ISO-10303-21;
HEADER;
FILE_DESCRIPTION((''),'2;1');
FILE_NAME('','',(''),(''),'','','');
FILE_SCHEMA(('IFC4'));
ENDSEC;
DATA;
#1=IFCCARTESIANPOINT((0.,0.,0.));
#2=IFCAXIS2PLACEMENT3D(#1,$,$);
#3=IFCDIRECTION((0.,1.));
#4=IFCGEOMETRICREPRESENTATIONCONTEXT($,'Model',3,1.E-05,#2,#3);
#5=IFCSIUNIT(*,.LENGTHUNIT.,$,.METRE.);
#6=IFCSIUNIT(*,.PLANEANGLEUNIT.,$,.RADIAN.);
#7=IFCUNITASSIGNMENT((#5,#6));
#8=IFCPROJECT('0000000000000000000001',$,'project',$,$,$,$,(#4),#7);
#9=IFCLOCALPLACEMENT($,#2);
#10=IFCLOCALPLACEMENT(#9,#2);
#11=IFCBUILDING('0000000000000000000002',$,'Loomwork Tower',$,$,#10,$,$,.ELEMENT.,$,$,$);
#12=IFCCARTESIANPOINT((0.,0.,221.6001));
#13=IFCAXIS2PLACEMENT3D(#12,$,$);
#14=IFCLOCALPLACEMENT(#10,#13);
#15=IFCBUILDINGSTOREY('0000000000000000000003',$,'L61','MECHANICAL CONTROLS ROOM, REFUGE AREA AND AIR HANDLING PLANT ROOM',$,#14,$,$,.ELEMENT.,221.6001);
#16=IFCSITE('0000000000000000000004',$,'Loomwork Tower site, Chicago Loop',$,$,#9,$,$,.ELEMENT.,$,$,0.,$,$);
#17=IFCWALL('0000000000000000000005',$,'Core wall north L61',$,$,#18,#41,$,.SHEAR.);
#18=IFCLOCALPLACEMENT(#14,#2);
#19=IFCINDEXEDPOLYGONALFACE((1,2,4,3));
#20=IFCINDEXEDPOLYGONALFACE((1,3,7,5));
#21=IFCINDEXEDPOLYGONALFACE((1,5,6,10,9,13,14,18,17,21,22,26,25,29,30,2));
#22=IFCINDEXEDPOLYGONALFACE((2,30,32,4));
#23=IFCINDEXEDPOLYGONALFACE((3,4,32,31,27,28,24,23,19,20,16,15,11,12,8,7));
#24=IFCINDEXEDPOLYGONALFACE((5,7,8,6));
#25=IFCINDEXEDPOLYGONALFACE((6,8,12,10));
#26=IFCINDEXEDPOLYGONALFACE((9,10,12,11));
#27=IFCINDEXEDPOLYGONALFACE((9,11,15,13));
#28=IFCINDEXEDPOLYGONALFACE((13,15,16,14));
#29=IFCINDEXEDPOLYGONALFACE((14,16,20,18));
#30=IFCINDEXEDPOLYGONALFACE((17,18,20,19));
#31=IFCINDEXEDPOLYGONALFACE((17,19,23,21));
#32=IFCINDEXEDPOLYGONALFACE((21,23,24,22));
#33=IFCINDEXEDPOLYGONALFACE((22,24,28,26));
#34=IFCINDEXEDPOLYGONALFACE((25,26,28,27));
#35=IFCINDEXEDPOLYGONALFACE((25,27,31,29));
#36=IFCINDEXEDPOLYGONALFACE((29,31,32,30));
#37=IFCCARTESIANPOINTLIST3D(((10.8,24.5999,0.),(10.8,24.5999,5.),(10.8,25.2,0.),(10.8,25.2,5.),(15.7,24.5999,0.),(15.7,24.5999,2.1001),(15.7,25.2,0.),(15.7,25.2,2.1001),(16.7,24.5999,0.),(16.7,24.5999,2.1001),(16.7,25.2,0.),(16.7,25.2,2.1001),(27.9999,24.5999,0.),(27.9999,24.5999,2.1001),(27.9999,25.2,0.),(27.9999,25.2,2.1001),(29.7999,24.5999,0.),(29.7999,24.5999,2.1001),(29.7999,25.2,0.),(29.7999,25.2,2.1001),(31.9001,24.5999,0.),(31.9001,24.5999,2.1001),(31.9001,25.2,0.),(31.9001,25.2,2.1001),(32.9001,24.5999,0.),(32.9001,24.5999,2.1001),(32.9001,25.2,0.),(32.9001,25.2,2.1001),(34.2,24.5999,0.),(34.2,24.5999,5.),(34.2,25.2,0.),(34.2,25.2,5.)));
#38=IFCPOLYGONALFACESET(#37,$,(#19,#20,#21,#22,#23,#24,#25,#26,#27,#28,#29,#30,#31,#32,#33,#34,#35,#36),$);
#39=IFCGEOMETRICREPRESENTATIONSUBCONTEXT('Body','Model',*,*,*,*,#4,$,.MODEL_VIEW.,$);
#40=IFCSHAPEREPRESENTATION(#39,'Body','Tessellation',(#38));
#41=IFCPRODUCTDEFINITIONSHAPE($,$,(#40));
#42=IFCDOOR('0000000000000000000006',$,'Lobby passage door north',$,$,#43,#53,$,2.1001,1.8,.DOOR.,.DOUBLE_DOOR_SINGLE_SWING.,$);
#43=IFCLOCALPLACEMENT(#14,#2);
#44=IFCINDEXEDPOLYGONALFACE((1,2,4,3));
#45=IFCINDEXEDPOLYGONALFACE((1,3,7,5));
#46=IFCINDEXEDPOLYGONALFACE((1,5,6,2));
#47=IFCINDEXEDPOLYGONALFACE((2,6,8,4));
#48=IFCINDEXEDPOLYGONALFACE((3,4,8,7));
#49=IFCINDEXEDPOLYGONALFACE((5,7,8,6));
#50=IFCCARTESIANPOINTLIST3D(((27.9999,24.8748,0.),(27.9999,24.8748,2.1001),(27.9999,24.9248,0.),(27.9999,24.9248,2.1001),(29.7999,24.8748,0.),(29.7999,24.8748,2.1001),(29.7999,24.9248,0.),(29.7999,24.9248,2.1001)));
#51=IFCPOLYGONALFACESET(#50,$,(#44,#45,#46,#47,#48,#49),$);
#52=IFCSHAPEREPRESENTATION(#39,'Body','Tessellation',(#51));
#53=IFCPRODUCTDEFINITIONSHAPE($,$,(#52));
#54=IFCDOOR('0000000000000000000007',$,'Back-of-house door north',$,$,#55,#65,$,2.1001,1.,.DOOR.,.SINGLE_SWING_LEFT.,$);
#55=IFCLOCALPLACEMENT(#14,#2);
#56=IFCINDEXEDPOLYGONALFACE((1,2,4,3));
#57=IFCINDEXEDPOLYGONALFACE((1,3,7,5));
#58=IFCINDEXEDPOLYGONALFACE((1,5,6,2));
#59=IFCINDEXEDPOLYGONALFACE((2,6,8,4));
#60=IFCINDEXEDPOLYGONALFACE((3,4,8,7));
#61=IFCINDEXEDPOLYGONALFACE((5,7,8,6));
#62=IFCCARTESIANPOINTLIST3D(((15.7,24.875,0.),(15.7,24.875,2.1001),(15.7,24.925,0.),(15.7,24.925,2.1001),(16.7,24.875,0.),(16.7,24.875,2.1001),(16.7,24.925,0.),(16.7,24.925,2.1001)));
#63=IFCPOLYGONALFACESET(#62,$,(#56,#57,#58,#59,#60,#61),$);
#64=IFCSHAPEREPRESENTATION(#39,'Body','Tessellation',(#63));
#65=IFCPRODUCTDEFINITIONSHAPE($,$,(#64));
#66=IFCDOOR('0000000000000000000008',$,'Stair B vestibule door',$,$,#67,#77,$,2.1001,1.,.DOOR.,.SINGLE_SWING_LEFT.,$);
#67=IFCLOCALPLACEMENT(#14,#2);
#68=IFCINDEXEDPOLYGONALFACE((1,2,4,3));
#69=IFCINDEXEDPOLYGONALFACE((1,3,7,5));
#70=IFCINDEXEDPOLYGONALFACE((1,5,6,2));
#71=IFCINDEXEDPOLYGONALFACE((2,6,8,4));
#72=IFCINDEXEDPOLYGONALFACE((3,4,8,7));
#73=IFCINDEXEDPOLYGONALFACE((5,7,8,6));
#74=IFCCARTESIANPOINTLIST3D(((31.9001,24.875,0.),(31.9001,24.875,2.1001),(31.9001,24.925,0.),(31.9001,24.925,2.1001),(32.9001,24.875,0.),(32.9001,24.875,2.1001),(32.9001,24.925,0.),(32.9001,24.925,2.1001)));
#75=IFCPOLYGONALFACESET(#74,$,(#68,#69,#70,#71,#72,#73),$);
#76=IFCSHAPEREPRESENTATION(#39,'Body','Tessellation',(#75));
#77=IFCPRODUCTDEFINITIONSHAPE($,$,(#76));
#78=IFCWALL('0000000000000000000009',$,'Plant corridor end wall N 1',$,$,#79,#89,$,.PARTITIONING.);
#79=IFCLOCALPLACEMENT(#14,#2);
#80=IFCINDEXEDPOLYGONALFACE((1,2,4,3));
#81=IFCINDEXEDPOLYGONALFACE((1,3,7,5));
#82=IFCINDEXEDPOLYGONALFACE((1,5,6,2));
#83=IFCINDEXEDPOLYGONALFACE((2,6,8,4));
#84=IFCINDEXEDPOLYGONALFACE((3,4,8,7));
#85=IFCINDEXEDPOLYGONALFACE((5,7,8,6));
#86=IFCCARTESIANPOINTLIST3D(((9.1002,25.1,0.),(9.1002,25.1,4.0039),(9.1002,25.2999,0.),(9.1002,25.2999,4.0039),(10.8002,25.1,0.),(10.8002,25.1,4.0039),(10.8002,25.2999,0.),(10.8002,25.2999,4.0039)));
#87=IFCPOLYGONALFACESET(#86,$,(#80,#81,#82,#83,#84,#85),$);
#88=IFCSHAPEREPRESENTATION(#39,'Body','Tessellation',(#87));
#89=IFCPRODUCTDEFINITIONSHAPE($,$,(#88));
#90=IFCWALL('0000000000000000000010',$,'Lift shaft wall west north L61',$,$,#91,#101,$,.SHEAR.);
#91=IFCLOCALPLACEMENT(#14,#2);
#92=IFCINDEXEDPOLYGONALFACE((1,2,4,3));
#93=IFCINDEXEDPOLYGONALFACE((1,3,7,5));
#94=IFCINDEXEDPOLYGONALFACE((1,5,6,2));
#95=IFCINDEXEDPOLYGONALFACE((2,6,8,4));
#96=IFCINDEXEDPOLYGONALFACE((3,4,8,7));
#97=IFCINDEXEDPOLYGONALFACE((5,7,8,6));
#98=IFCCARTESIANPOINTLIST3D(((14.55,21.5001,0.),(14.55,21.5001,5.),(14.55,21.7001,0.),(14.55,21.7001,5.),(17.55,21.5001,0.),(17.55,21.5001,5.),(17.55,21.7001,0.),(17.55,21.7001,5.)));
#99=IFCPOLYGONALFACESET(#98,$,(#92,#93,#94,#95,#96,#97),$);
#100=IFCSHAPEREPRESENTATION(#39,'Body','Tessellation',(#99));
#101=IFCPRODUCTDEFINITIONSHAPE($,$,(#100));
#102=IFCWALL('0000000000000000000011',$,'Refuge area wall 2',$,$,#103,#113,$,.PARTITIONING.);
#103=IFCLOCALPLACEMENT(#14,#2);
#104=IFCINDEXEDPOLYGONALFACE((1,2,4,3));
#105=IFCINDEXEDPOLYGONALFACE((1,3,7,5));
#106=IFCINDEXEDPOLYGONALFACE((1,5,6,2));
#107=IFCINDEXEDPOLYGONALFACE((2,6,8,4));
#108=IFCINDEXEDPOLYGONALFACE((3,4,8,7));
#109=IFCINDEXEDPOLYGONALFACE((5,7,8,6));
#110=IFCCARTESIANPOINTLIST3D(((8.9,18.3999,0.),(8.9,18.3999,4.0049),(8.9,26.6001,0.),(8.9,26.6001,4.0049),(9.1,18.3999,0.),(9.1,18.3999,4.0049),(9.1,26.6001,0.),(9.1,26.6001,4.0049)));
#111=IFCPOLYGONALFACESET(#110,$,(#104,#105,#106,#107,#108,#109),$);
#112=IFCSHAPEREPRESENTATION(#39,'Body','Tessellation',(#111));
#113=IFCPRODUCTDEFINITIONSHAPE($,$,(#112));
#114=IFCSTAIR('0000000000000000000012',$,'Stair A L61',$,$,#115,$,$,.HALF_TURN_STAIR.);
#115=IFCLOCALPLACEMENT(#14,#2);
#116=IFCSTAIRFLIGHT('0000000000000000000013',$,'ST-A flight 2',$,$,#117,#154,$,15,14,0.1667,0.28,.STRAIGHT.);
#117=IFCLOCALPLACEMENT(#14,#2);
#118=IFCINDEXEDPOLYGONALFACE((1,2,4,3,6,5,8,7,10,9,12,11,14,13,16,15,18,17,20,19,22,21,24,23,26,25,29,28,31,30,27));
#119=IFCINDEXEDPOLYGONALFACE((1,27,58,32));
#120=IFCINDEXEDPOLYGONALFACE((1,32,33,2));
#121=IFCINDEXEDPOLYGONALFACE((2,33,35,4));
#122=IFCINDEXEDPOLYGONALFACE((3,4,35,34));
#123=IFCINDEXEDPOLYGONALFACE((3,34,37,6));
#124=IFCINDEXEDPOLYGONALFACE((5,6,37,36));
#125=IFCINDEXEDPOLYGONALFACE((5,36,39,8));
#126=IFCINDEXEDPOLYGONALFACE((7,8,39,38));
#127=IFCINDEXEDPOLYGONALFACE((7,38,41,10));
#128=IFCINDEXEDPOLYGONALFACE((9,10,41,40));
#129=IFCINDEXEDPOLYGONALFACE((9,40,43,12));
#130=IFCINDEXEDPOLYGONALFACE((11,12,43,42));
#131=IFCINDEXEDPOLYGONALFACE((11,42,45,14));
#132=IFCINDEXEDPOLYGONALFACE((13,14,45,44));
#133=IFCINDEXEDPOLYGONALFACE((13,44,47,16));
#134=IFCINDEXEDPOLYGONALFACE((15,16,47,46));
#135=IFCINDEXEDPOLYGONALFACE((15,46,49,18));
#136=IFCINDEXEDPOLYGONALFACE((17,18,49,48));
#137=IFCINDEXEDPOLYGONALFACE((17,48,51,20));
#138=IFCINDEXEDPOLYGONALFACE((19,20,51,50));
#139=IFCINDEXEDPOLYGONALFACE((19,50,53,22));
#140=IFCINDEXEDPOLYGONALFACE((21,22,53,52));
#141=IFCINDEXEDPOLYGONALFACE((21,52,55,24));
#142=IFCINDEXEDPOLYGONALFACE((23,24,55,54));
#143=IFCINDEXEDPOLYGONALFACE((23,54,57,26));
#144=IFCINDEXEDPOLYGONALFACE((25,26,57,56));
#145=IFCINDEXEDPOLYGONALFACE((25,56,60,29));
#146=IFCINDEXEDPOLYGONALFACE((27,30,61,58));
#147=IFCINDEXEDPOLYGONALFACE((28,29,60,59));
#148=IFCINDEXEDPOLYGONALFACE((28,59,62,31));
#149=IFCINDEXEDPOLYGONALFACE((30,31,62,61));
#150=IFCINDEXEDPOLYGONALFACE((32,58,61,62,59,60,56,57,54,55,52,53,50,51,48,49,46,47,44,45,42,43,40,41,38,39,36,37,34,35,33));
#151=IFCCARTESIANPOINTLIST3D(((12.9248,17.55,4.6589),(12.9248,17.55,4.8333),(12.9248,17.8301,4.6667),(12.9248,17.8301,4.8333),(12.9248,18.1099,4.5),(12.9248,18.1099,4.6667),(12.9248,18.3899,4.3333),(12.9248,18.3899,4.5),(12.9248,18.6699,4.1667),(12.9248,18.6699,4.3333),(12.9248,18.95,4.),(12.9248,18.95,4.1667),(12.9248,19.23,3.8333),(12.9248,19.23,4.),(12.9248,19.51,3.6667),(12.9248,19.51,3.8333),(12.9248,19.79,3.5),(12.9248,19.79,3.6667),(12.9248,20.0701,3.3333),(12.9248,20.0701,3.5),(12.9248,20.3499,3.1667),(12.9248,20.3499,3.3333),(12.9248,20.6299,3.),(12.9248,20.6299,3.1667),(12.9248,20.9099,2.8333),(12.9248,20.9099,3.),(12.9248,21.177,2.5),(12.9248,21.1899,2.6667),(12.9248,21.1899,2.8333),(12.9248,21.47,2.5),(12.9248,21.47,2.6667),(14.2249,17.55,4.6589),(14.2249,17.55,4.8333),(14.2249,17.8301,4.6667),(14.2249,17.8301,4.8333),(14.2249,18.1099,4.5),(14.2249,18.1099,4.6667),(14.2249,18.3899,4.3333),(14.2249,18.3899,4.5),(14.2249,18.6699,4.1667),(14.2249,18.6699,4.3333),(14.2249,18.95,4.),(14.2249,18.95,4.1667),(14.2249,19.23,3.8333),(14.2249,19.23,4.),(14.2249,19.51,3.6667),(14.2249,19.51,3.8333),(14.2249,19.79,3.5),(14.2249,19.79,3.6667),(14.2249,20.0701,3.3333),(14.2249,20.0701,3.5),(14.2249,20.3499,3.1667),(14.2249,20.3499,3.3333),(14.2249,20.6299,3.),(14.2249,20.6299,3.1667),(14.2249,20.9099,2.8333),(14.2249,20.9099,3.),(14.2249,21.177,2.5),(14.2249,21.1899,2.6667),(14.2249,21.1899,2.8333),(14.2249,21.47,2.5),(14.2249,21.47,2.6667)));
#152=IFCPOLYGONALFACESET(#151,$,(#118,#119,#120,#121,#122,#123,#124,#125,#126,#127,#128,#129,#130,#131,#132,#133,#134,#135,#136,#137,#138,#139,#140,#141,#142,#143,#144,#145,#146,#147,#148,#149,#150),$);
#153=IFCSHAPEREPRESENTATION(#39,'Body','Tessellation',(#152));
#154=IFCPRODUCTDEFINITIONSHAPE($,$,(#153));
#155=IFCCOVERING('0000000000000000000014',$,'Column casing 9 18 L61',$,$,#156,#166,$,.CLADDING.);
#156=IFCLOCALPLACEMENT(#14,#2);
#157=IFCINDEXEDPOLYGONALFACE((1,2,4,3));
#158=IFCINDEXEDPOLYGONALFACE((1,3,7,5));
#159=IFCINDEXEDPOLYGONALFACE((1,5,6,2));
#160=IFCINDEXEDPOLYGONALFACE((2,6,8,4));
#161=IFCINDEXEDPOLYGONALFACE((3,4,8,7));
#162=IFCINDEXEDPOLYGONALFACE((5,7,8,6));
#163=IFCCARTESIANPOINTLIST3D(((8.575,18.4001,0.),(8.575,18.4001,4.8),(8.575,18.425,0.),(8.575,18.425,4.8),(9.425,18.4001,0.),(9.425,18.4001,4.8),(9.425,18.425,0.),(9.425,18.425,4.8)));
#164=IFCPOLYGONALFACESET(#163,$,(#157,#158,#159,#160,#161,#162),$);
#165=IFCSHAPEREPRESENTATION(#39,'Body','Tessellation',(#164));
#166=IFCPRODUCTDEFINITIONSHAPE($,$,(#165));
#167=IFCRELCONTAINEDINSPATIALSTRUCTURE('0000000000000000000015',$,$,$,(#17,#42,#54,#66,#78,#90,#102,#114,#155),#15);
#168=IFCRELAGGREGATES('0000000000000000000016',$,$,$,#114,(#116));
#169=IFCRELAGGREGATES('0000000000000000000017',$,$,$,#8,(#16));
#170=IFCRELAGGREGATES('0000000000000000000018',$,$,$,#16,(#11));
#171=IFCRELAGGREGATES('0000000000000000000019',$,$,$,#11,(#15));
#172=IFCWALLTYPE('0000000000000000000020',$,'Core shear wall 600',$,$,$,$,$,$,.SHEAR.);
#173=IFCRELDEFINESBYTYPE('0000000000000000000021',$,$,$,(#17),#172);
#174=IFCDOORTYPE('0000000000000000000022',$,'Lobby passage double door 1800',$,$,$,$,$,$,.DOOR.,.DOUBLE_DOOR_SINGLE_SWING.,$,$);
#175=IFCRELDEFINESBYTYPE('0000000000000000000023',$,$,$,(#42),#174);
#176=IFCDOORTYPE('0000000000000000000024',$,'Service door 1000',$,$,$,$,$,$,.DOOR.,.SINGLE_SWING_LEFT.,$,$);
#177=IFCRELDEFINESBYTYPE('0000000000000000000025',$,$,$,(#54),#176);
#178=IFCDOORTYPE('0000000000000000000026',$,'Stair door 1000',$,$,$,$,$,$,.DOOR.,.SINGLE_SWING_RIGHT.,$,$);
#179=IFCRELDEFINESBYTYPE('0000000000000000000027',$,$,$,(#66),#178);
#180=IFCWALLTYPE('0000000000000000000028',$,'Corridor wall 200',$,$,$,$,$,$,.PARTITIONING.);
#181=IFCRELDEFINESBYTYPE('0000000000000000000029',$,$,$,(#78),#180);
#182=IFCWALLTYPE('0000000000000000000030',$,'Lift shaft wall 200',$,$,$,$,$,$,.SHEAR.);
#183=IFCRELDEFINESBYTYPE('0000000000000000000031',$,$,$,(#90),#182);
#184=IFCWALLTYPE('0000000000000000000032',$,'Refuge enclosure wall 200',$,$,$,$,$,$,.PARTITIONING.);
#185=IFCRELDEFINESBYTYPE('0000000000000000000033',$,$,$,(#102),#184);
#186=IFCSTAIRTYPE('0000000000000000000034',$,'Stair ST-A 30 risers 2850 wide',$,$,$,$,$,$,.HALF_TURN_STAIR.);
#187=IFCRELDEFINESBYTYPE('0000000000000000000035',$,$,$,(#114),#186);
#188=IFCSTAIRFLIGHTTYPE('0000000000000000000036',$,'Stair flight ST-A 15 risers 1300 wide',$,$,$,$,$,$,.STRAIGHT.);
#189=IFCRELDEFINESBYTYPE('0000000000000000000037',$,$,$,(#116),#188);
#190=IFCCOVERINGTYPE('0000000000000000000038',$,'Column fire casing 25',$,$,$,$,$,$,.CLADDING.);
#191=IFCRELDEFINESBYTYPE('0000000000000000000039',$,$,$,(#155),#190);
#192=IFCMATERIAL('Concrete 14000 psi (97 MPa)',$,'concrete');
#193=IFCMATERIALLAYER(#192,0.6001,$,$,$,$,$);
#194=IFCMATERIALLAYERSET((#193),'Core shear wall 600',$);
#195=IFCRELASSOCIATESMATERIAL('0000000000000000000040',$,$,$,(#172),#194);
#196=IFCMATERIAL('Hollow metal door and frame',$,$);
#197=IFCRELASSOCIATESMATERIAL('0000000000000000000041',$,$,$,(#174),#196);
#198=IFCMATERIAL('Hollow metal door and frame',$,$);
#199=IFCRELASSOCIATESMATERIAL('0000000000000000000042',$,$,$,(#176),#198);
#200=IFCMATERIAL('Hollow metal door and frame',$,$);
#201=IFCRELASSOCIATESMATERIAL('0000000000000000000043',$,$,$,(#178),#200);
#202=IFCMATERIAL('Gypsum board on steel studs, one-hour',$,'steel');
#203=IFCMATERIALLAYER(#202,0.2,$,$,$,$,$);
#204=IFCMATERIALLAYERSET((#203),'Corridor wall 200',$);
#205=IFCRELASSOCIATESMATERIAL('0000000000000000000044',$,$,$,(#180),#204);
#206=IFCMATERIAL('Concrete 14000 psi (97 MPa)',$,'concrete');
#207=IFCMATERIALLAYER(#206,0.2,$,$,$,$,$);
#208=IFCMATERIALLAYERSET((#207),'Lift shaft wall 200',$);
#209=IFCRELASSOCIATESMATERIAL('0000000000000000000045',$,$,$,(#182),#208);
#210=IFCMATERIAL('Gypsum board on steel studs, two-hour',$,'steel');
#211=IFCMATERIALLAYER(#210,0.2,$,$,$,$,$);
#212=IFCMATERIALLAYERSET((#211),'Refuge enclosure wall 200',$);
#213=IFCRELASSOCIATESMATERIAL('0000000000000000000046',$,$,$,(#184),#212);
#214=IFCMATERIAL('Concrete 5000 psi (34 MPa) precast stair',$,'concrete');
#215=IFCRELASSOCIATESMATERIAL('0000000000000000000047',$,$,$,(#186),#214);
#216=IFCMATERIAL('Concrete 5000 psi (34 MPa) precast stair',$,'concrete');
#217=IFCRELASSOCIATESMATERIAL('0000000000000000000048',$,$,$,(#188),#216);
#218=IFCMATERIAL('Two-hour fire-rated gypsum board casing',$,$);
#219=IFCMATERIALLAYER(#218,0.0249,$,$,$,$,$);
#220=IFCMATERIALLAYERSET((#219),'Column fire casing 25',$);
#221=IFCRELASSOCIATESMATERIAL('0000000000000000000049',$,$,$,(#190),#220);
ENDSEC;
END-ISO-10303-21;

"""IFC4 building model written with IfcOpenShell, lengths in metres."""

from ifc_helpers import new_model, si_unit, direction, frame, frame_2d, origin, origin_2d, place, context, subcontext, project, spatial, polyline, rectangle, outline, extrude, material, layer, layer_set, type_object, element, fill, aggregate, save


model = new_model("IFC4")

# Units and contexts
model_context = context("Model", 3, precision=1e-05, world=origin(), true_north=direction((0.0, 1.0)))
body_context = subcontext(model_context, "Body", "Model", "MODEL_VIEW")
ifc_project = project(units=[si_unit("LENGTHUNIT", "METRE"), si_unit("PLANEANGLEUNIT", "RADIAN")], contexts=[model_context])

# Site, building, storey
site_placement = place(None, origin())
site = spatial("IfcSite", under=ifc_project, at=site_placement, Name="Loomwork Tower site, Chicago Loop", CompositionType="ELEMENT", RefElevation=0.0)
building_placement = place(site_placement, origin())
building = spatial("IfcBuilding", under=site, at=building_placement, Name="Loomwork Tower", CompositionType="ELEMENT")
storey_placement = place(building_placement, frame((0.0, 0.0, 221.6001)))
storey = spatial("IfcBuildingStorey", under=building, at=storey_placement, Name="L61", Description="MECHANICAL CONTROLS ROOM, REFUGE AREA AND AIR HANDLING PLANT ROOM", CompositionType="ELEMENT", Elevation=221.6001)

# Wall, openings, doors
ifc_material_1 = material(Name="Concrete 14000 psi (97 MPa)", Category="concrete")
ifc_layer_1 = layer(ifc_material_1, 0.6001)
ifc_layer_set_1 = layer_set([ifc_layer_1], Name="Core shear wall 600")
wall_type_1 = type_object("IfcWallType", Name="Core shear wall 600", PredefinedType="SHEAR", material=ifc_layer_set_1)
wall_1_placement = place(storey_placement, frame((10.8, 24.8999, 0.0), z_axis=(0.0, 0.0, 1.0), x_axis=(1.0, 0.0, 0.0)))
wall_1 = element("IfcWall", 1, at=wall_1_placement, inside=storey, type_object=wall_type_1, Name="Core wall north L61", PredefinedType="SHEAR", context=body_context, shape_type="SweptSolid", body=[
    extrude(rectangle(XDim=23.3999, YDim=0.6001, at=frame_2d((11.7, 0.0))), origin(), (0.0, 0.0, 1.0), 5.0),
])
opening_1_placement = place(wall_1_placement, frame((17.2, 0.0, 0.0)))
opening_1 = element("IfcOpeningElement", 2, at=opening_1_placement, cuts=wall_1, PredefinedType="OPENING", context=body_context, shape_type="SweptSolid", body=[
    extrude(rectangle(XDim=1.8, YDim=2.1001, at=frame_2d((0.8999, 1.05))), frame((0.0, 0.3101, 0.0), z_axis=(0.0, -1.0, 0.0), x_axis=(1.0, 0.0, 0.0)), (0.0, 0.0, 1.0), 0.6201),
])
opening_2_placement = place(wall_1_placement, frame((21.1001, 0.0, 0.0)))
opening_2 = element("IfcOpeningElement", 3, at=opening_2_placement, cuts=wall_1, PredefinedType="OPENING", context=body_context, shape_type="SweptSolid", body=[
    extrude(rectangle(XDim=1.0, YDim=2.1001, at=frame_2d((0.5, 1.05))), frame((0.0, 0.3101, 0.0), z_axis=(0.0, -1.0, 0.0), x_axis=(1.0, 0.0, 0.0)), (0.0, 0.0, 1.0), 0.6201),
])
opening_3_placement = place(wall_1_placement, frame((4.8999, 0.0, 0.0)))
opening_3 = element("IfcOpeningElement", 4, at=opening_3_placement, cuts=wall_1, PredefinedType="OPENING", context=body_context, shape_type="SweptSolid", body=[
    extrude(rectangle(XDim=1.0, YDim=2.1001, at=frame_2d((0.5, 1.05))), frame((0.0, 0.3101, 0.0), z_axis=(0.0, -1.0, 0.0), x_axis=(1.0, 0.0, 0.0)), (0.0, 0.0, 1.0), 0.6201),
])
ifc_material_2 = material(Name="Hollow metal door and frame")
door_type_1 = type_object("IfcDoorType", Name="Lobby passage double door 1800", OperationType="DOUBLE_DOOR_SINGLE_SWING", PredefinedType="DOOR", material=ifc_material_2)
door_1_placement = place(opening_1_placement, origin())
door_1 = element("IfcDoor", 5, at=door_1_placement, inside=storey, type_object=door_type_1, Name="Lobby passage door north", OperationType="DOUBLE_DOOR_SINGLE_SWING", OverallHeight=2.1001, OverallWidth=1.8, PredefinedType="DOOR", context=body_context, shape_type="SweptSolid", body=[
    extrude(rectangle(XDim=1.8, YDim=2.1001, at=frame_2d((0.8999, 1.05))), frame((0.0, 0.0249, 0.0), z_axis=(0.0, -1.0, 0.0), x_axis=(1.0, 0.0, 0.0)), (0.0, 0.0, 1.0), 0.05),
])
fill(opening_1, door_1)
ifc_material_3 = material(Name="Hollow metal door and frame")
door_type_2 = type_object("IfcDoorType", Name="Service door 1000", OperationType="SINGLE_SWING_LEFT", PredefinedType="DOOR", material=ifc_material_3)
door_2_placement = place(opening_3_placement, frame((1.0, 0.0, 0.0), z_axis=(0.0, 0.0, 1.0), x_axis=(-1.0, 0.0, 0.0)))
door_2 = element("IfcDoor", 6, at=door_2_placement, inside=storey, type_object=door_type_2, Name="Back-of-house door north", OperationType="SINGLE_SWING_LEFT", OverallHeight=2.1001, OverallWidth=1.0, PredefinedType="DOOR", context=body_context, shape_type="SweptSolid", body=[
    extrude(rectangle(XDim=1.0, YDim=2.1001, at=frame_2d((0.5, 1.05))), frame((0.0, 0.0249, 0.0), z_axis=(0.0, -1.0, 0.0), x_axis=(1.0, 0.0, 0.0)), (0.0, 0.0, 1.0), 0.05),
])
fill(opening_3, door_2)
ifc_material_4 = material(Name="Hollow metal door and frame")
door_type_3 = type_object("IfcDoorType", Name="Stair door 1000", OperationType="SINGLE_SWING_RIGHT", PredefinedType="DOOR", material=ifc_material_4)
door_3_placement = place(opening_2_placement, frame((1.0, 0.0, 0.0), z_axis=(0.0, 0.0, 1.0), x_axis=(-1.0, 0.0, 0.0)))
door_3 = element("IfcDoor", 7, at=door_3_placement, inside=storey, type_object=door_type_3, Name="Stair B vestibule door", OperationType="SINGLE_SWING_LEFT", OverallHeight=2.1001, OverallWidth=1.0, PredefinedType="DOOR", context=body_context, shape_type="SweptSolid", body=[
    extrude(rectangle(XDim=1.0, YDim=2.1001, at=frame_2d((0.5, 1.05))), frame((0.0, 0.0249, 0.0), z_axis=(0.0, -1.0, 0.0), x_axis=(1.0, 0.0, 0.0)), (0.0, 0.0, 1.0), 0.05),
])
fill(opening_2, door_3)

# Walls
ifc_material_5 = material(Name="Gypsum board on steel studs, one-hour", Category="steel")
ifc_layer_2 = layer(ifc_material_5, 0.2)
ifc_layer_set_2 = layer_set([ifc_layer_2], Name="Corridor wall 200")
wall_type_2 = type_object("IfcWallType", Name="Corridor wall 200", PredefinedType="PARTITIONING", material=ifc_layer_set_2)
wall_2_placement = place(storey_placement, frame((9.1001, 25.2, 0.0), z_axis=(0.0, 0.0, 1.0), x_axis=(1.0, 0.0, 0.0)))
element("IfcWall", 8, at=wall_2_placement, inside=storey, type_object=wall_type_2, Name="Plant corridor end wall N 1", PredefinedType="PARTITIONING", context=body_context, shape_type="SweptSolid", body=[
    extrude(rectangle(XDim=1.7, YDim=0.2, at=frame_2d((0.8501, 0.0))), origin(), (0.0, 0.0, 1.0), 4.0039),
])
ifc_material_6 = material(Name="Concrete 14000 psi (97 MPa)", Category="concrete")
ifc_layer_3 = layer(ifc_material_6, 0.2)
ifc_layer_set_3 = layer_set([ifc_layer_3], Name="Lift shaft wall 200")
wall_type_3 = type_object("IfcWallType", Name="Lift shaft wall 200", PredefinedType="SHEAR", material=ifc_layer_set_3)
wall_3_placement = place(storey_placement, frame((14.55, 21.6001, 0.0), z_axis=(0.0, 0.0, 1.0), x_axis=(1.0, 0.0, 0.0)))
element("IfcWall", 9, at=wall_3_placement, inside=storey, type_object=wall_type_3, Name="Lift shaft wall west north L61", PredefinedType="SHEAR", context=body_context, shape_type="SweptSolid", body=[
    extrude(rectangle(XDim=3.0, YDim=0.2, at=frame_2d((1.5, 0.0))), origin(), (0.0, 0.0, 1.0), 5.0),
])
ifc_material_7 = material(Name="Gypsum board on steel studs, two-hour", Category="steel")
ifc_layer_4 = layer(ifc_material_7, 0.2)
ifc_layer_set_4 = layer_set([ifc_layer_4], Name="Refuge enclosure wall 200")
wall_type_4 = type_object("IfcWallType", Name="Refuge enclosure wall 200", PredefinedType="PARTITIONING", material=ifc_layer_set_4)
wall_4_placement = place(storey_placement, frame((9.0, 18.3999, 0.0), z_axis=(0.0, 0.0, 1.0), x_axis=(0.0, 1.0, 0.0)))
element("IfcWall", 10, at=wall_4_placement, inside=storey, type_object=wall_type_4, Name="Refuge area wall 2", PredefinedType="PARTITIONING", context=body_context, shape_type="SweptSolid", body=[
    extrude(rectangle(XDim=8.2002, YDim=0.2, at=frame_2d((4.1001, 0.0))), origin(), (0.0, 0.0, 1.0), 4.0049),
])

# Stair, stair flight
ifc_material_8 = material(Name="Concrete 5000 psi (34 MPa) precast stair", Category="concrete")
stair_type = type_object("IfcStairType", Name="Stair ST-A 30 risers 2850 wide", PredefinedType="HALF_TURN_STAIR", material=ifc_material_8)
stair_placement = place(storey_placement, origin())
stair = element("IfcStair", 11, at=stair_placement, inside=storey, type_object=stair_type, Name="Stair A L61", PredefinedType="HALF_TURN_STAIR")
ifc_material_9 = material(Name="Concrete 5000 psi (34 MPa) precast stair", Category="concrete")
stair_flight_type = type_object("IfcStairFlightType", Name="Stair flight ST-A 15 risers 1300 wide", PredefinedType="STRAIGHT", material=ifc_material_9)
stair_flight_placement = place(storey_placement, frame((13.575, 21.47, 2.5), z_axis=(0.0, 0.0, 1.0), x_axis=(0.0, -1.0, 0.0)))
stair_flight = element("IfcStairFlight", 12, at=stair_flight_placement, type_object=stair_flight_type, Name="ST-A flight 2", NumberOfRisers=15, NumberOfTreads=14, PredefinedType="STRAIGHT", RiserHeight=0.1667, TreadLength=0.28, context=body_context, shape_type="SweptSolid", body=[
    extrude(outline(polyline([(0.0, 0.0), (0.0, 0.1667), (0.28, 0.1667), (0.28, 0.3333), (0.5601, 0.3333), (0.5601, 0.5), (0.8401, 0.5), (0.8401, 0.6667), (1.1201, 0.6667), (1.1201, 0.8333), (1.3999, 0.8333), (1.3999, 1.0), (1.6799, 1.0), (1.6799, 1.1667), (1.96, 1.1667), (1.96, 1.3333), (2.24, 1.3333), (2.24, 1.5), (2.52, 1.5), (2.52, 1.6667), (2.8, 1.6667), (2.8, 1.8333), (3.0801, 1.8333), (3.0801, 2.0), (3.3601, 2.0), (3.3601, 2.1667), (3.6399, 2.1667), (3.6399, 2.3333), (3.9199, 2.3333), (3.9199, 2.5), (3.9199, 2.1589), (0.293, 0.0), (0.0, 0.0)])), frame((0.0, 0.6499, 0.0), z_axis=(0.0, -1.0, 0.0), x_axis=(1.0, 0.0, 0.0)), (0.0, 0.0, 1.0), 1.3),
])
aggregate(stair, [stair_flight])

# Covering
ifc_material_10 = material(Name="Two-hour fire-rated gypsum board casing")
ifc_layer_5 = layer(ifc_material_10, 0.0249)
ifc_layer_set_5 = layer_set([ifc_layer_5], Name="Column fire casing 25")
covering_type = type_object("IfcCoveringType", Name="Column fire casing 25", PredefinedType="CLADDING", material=ifc_layer_set_5)
covering_placement = place(storey_placement, frame((9.0, 18.4126, 0.0), z_axis=(0.0, 0.0, 1.0), x_axis=(1.0, 0.0, 0.0)))
element("IfcCovering", 13, at=covering_placement, inside=storey, type_object=covering_type, Name="Column casing 9 18 L61", PredefinedType="CLADDING", context=body_context, shape_type="SweptSolid", body=[
    extrude(rectangle(XDim=0.8501, YDim=0.0249, at=origin_2d()), origin(), (0.0, 0.0, 1.0), 4.8),
])

save(model, "model.ifc")
